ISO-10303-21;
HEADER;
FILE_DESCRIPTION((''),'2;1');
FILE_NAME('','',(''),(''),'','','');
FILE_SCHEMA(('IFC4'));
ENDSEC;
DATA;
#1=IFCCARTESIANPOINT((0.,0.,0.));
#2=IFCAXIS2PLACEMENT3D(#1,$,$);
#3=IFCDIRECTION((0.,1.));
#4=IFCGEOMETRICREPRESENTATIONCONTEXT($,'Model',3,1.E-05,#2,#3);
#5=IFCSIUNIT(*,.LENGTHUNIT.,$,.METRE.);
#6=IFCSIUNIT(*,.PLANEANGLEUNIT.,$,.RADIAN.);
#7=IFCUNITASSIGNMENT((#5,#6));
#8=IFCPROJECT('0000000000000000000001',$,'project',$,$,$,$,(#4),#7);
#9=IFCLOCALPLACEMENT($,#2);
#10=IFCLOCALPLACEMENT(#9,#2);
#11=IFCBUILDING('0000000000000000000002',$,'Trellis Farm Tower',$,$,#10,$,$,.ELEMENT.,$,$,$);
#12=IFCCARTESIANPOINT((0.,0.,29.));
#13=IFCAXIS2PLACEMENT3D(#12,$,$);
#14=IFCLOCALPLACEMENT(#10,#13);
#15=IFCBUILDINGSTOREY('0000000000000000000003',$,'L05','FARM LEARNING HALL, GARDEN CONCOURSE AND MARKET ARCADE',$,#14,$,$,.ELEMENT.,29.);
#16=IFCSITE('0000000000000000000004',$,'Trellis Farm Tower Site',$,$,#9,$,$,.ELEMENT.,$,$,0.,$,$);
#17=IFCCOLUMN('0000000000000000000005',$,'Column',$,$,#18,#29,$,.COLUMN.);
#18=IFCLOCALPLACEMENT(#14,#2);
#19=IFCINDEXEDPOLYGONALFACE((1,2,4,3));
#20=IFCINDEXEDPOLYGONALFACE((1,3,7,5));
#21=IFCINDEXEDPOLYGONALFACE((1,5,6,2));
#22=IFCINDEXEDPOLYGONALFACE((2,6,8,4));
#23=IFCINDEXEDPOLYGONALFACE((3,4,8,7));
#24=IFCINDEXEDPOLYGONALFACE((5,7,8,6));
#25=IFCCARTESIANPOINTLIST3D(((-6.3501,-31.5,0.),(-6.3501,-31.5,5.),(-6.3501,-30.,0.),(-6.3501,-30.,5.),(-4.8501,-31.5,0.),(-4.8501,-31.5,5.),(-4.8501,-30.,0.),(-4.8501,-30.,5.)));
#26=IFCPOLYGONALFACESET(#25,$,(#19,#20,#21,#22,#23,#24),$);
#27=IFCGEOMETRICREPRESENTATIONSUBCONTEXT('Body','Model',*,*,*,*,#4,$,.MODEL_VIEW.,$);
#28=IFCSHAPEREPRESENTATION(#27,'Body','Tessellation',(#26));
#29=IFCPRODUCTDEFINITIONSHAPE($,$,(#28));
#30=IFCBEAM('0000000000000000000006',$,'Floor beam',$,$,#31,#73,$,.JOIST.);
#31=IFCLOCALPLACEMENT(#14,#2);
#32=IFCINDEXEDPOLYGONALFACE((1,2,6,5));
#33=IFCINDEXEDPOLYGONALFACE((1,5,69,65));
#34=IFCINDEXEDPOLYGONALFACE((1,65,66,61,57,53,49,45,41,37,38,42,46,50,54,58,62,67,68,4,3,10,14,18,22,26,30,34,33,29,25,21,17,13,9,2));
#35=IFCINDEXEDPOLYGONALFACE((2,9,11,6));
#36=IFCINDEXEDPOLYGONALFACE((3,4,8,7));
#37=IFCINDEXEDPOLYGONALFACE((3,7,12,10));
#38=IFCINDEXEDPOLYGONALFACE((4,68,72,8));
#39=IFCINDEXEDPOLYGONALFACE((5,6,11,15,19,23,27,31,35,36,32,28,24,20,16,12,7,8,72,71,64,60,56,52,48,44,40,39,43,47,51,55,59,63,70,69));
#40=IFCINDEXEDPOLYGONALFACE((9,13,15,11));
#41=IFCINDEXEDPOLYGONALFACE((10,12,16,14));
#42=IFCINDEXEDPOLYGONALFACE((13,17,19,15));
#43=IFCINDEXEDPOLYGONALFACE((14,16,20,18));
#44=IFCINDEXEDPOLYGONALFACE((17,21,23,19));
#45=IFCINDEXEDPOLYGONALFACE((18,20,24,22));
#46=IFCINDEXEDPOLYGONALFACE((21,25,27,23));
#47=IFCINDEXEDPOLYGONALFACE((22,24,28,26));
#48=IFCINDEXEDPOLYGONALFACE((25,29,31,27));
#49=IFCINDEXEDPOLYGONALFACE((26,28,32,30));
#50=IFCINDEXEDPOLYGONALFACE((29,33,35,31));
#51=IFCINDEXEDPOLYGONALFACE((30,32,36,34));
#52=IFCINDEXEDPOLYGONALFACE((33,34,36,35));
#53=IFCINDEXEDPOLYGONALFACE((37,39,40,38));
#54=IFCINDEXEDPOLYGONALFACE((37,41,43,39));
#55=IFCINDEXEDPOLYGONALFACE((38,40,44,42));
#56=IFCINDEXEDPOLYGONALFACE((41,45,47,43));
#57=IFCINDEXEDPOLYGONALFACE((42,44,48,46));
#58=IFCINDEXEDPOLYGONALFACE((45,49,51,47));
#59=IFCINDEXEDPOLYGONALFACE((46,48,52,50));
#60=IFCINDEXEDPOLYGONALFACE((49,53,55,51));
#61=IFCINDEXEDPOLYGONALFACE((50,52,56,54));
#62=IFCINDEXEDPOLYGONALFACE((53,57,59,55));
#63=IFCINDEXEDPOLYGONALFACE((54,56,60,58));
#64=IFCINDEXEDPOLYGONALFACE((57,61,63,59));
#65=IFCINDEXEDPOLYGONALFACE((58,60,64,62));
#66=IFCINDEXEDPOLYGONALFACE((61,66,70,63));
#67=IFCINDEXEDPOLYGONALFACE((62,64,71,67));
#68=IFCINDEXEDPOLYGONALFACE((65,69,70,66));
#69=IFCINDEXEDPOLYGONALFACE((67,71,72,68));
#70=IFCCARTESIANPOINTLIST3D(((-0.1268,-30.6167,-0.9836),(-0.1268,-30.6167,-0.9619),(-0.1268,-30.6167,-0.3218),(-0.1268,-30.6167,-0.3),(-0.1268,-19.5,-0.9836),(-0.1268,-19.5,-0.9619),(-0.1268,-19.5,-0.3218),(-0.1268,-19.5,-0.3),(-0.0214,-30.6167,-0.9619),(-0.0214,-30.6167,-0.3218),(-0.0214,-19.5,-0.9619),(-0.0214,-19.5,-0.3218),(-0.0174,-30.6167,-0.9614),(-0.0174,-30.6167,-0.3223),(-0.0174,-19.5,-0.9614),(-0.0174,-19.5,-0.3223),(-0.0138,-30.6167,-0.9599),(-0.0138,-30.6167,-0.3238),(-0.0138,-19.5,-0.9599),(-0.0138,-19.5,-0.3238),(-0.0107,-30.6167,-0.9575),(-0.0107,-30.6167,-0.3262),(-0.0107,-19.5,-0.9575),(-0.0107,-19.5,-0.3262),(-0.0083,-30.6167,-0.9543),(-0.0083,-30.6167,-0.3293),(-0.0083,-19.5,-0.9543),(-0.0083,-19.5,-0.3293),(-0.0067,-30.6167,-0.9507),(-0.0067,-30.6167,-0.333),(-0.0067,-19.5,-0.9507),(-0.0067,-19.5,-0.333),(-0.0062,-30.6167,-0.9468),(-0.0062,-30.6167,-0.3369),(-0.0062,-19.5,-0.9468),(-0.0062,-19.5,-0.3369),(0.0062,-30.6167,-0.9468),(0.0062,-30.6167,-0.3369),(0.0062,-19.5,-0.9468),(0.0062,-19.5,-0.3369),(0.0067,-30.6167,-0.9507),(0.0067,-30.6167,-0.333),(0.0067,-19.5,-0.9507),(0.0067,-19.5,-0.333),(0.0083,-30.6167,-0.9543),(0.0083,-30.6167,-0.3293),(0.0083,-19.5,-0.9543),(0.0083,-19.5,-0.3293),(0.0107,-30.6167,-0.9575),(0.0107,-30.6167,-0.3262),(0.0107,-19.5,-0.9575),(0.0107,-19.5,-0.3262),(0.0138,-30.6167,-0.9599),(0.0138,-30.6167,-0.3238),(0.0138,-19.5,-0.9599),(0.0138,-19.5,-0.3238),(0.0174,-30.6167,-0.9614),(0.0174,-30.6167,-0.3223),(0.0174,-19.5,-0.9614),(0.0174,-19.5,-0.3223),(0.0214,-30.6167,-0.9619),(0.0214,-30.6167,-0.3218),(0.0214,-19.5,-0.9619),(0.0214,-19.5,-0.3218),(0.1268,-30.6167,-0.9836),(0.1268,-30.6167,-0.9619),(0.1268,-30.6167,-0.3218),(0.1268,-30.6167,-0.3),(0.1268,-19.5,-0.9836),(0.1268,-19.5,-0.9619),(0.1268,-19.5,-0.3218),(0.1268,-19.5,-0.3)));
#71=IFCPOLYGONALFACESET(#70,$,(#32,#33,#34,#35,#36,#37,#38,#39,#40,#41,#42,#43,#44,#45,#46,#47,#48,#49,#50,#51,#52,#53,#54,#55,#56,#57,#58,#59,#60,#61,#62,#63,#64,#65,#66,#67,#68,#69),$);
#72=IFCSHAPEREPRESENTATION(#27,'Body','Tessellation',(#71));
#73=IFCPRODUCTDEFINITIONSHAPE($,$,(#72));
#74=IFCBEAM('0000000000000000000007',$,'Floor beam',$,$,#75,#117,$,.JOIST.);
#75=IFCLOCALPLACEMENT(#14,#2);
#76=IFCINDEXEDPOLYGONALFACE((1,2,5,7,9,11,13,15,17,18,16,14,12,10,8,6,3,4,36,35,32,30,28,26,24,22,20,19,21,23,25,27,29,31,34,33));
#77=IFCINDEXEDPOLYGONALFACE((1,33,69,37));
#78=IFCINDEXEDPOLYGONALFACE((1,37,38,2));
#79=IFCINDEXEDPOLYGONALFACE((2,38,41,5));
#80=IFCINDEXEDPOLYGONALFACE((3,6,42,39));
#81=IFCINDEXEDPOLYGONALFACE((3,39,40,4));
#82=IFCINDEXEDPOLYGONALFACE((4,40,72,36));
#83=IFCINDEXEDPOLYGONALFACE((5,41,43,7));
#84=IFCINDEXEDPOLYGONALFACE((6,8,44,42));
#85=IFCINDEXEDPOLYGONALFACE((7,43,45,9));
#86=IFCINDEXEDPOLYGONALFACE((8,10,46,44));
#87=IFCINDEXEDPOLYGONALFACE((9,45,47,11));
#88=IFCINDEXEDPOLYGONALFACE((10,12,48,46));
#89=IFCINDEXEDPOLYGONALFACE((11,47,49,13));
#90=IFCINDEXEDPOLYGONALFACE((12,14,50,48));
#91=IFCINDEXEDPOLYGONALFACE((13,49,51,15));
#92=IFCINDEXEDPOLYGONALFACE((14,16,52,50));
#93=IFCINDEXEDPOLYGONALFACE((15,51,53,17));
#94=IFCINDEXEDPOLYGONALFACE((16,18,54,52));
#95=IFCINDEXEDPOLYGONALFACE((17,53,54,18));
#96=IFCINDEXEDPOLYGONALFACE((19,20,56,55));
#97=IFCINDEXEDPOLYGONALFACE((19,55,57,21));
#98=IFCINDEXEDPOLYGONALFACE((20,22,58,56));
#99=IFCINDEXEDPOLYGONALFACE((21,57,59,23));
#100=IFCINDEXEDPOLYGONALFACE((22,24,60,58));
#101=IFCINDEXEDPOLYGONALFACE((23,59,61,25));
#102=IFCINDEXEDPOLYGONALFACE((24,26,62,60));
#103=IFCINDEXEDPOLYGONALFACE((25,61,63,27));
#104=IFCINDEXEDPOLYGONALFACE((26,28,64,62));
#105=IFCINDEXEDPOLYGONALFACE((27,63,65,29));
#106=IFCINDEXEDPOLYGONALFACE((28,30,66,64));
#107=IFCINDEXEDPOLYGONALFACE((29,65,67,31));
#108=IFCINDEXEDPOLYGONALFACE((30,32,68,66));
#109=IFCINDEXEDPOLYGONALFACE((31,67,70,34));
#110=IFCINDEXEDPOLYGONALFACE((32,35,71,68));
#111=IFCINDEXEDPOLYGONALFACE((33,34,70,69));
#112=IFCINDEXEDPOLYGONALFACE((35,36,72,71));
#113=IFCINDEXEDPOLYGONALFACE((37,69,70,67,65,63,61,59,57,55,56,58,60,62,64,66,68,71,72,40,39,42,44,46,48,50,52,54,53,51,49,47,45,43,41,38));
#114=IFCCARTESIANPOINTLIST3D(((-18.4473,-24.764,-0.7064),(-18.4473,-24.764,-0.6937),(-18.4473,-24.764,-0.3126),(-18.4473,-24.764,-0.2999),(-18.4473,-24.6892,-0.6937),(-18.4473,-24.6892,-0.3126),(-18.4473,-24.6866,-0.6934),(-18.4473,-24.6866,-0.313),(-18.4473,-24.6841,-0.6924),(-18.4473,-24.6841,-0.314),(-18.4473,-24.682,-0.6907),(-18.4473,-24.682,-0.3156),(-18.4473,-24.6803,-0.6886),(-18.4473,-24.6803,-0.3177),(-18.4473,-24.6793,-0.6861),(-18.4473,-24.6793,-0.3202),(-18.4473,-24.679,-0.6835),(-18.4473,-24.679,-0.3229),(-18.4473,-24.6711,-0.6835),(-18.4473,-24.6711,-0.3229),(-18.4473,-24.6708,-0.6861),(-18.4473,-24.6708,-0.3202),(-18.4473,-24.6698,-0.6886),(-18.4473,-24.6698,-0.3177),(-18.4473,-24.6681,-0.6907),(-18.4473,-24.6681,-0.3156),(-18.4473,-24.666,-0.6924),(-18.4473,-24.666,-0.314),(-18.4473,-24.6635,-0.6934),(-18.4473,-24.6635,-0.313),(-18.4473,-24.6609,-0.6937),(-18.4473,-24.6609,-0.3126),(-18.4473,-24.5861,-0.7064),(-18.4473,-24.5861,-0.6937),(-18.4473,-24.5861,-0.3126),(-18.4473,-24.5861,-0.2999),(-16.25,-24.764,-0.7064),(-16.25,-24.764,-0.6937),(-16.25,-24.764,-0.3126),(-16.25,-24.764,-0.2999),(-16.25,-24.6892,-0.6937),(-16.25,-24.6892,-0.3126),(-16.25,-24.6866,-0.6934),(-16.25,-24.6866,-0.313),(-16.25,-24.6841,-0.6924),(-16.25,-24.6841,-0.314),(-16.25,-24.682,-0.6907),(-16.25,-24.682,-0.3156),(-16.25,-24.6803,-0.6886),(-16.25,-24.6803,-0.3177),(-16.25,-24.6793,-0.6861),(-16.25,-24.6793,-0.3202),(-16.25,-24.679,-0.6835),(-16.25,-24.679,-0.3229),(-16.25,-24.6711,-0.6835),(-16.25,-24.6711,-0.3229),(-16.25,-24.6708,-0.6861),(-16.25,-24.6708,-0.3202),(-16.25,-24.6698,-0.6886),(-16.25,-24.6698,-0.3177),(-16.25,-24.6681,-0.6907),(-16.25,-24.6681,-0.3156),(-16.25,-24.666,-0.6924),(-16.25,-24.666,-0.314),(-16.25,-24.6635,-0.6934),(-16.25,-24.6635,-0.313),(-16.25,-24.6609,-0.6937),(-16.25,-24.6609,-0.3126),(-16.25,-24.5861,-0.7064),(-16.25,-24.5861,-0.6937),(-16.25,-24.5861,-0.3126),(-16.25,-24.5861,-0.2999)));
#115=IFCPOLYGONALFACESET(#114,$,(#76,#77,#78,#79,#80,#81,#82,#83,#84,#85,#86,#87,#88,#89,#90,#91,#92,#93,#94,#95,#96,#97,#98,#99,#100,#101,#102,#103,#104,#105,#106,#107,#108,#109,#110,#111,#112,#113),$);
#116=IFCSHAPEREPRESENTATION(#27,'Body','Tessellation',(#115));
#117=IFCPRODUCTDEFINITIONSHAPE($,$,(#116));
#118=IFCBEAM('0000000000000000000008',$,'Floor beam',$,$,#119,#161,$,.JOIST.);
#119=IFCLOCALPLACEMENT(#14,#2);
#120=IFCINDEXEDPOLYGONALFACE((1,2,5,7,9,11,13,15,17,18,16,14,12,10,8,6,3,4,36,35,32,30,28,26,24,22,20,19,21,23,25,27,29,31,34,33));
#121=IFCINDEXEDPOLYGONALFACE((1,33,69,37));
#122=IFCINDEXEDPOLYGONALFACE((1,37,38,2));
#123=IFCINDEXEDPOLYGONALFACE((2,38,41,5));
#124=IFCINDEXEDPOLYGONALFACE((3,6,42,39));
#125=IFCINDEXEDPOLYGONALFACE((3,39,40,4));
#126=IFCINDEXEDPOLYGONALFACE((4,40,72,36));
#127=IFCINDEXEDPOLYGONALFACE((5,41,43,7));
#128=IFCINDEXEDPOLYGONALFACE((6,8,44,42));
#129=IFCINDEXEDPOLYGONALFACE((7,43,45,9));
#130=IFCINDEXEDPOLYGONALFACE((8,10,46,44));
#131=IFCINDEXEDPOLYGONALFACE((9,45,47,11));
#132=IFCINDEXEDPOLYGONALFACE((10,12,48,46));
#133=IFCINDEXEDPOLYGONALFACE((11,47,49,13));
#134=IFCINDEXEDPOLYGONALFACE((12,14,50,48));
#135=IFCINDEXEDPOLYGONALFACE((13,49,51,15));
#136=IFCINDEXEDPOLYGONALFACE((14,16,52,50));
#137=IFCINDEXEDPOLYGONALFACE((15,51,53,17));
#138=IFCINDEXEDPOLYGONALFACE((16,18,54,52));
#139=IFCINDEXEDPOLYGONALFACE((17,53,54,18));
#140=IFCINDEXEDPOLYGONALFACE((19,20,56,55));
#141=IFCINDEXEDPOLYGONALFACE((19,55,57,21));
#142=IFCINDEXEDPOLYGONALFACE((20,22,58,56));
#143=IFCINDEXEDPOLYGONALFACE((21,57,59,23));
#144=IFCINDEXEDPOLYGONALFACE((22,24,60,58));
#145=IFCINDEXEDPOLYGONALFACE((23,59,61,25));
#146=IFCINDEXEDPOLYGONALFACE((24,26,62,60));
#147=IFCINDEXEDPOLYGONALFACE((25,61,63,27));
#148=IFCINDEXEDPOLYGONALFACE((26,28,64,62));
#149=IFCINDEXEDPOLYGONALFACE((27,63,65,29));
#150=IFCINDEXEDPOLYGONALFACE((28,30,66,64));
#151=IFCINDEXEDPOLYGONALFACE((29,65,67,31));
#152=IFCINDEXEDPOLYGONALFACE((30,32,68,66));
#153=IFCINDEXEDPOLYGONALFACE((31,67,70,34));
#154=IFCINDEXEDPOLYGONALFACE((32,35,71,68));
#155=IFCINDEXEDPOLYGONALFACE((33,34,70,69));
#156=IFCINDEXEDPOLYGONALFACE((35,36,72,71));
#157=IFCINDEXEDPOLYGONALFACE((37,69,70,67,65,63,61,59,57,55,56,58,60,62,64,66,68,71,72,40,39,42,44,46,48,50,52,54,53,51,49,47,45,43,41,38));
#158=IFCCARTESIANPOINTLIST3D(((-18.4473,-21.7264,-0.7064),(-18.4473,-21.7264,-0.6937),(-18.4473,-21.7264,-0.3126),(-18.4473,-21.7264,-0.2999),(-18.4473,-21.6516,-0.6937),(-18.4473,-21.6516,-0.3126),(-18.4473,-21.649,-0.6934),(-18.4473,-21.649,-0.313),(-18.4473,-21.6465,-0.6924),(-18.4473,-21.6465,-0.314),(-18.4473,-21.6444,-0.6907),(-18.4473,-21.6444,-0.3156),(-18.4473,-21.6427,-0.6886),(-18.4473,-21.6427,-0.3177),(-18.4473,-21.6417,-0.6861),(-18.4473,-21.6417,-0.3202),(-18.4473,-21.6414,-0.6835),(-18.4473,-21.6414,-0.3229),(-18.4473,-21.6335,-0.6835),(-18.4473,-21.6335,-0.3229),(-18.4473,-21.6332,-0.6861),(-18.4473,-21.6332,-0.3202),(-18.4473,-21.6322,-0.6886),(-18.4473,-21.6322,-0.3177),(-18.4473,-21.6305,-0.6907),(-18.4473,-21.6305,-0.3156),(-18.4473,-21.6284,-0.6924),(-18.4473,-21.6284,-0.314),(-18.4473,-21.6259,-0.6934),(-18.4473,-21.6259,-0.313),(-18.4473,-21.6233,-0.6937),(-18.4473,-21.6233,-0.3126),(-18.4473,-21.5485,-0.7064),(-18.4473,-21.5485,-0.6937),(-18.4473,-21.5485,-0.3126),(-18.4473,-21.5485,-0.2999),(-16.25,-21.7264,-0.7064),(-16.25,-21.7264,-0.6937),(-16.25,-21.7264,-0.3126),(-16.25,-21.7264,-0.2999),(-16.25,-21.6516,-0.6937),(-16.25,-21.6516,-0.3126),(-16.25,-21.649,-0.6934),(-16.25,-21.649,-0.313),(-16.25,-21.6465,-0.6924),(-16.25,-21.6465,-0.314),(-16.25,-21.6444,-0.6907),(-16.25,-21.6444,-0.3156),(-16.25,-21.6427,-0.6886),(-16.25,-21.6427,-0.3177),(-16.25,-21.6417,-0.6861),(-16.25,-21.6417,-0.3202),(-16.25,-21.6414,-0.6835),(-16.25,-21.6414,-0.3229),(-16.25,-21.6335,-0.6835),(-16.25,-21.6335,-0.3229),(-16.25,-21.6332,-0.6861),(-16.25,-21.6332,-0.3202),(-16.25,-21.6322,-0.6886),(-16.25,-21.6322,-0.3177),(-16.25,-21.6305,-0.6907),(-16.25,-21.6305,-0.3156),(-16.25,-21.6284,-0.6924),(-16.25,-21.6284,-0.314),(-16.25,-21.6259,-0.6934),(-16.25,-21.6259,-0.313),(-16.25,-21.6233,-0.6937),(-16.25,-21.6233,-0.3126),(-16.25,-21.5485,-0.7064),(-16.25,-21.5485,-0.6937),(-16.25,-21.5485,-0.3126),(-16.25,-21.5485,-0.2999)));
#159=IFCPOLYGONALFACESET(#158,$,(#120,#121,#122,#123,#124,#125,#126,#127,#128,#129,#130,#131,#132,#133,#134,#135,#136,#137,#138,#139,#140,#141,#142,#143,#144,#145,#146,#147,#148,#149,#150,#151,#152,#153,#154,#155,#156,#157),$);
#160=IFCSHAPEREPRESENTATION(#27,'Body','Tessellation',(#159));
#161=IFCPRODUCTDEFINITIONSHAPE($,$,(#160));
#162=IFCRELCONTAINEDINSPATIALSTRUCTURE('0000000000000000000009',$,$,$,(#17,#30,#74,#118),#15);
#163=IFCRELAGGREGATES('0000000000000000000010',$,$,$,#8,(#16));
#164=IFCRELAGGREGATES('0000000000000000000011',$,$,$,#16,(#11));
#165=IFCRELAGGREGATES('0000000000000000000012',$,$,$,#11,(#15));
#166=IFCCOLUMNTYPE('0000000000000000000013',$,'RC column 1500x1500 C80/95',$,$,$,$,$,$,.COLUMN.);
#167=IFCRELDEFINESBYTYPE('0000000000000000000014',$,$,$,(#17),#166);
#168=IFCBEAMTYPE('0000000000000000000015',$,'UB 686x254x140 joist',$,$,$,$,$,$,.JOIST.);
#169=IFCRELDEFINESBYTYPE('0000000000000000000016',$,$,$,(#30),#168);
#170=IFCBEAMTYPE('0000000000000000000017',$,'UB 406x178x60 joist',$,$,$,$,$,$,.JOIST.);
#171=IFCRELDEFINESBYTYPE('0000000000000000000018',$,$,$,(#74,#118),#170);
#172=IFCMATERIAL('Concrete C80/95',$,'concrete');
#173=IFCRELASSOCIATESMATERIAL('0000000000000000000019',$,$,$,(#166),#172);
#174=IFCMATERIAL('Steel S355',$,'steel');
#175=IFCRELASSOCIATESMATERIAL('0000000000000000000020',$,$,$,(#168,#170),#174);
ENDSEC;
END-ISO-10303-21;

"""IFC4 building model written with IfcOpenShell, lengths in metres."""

from ifc_helpers import new_model, si_unit, direction, frame, origin, origin_2d, place, context, subcontext, project, spatial, rectangle, i_section, extrude, source, transform, mapped, material, material_profile, profile_set, type_object, element, save


model = new_model("IFC4")

# Units and contexts
model_context = context("Model", 3, precision=1e-05, world=origin(), true_north=direction((0.0, 1.0)))
body_context = subcontext(model_context, "Body", "Model", "MODEL_VIEW")
ifc_project = project(units=[si_unit("LENGTHUNIT", "METRE"), si_unit("PLANEANGLEUNIT", "RADIAN")], contexts=[model_context])

# Site, building, storey
site_placement = place(None, origin())
site = spatial("IfcSite", under=ifc_project, at=site_placement, Name="Trellis Farm Tower Site", CompositionType="ELEMENT", RefElevation=0.0)
building_placement = place(site_placement, origin())
building = spatial("IfcBuilding", under=site, at=building_placement, Name="Trellis Farm Tower", CompositionType="ELEMENT")
storey_placement = place(building_placement, frame((0.0, 0.0, 29.0)))
storey = spatial("IfcBuildingStorey", under=building, at=storey_placement, Name="L05", Description="FARM LEARNING HALL, GARDEN CONCOURSE AND MARKET ARCADE", CompositionType="ELEMENT", Elevation=29.0)

# Column
ifc_material_1 = material(Name="Concrete C80/95", Category="concrete")
ifc_material_profile_1 = material_profile(ifc_material_1, rectangle(XDim=1.5, YDim=1.5, at=origin_2d()), Name="RC column 1500x1500 C80/95")
ifc_profile_set_1 = profile_set([ifc_material_profile_1], Name="Concrete C80/95")
column_type = type_object("IfcColumnType", Name="RC column 1500x1500 C80/95", PredefinedType="COLUMN", material=ifc_profile_set_1)
shared_shape_1 = source(origin(), body_context, "Body", "SweptSolid", [
    extrude(rectangle(XDim=1.5, YDim=1.5, at=origin_2d()), origin(), (0.0, 0.0, 1.0), 5.0),
])
column_placement = place(storey_placement, frame((-5.6001, -30.75, 0.0), z_axis=(0.0, 0.0, 1.0), x_axis=(1.0, 0.0, 0.0)))
element("IfcColumn", 1, at=column_placement, inside=storey, type_object=column_type, Name="Column", PredefinedType="COLUMN", context=body_context, shape_type="MappedRepresentation", body=[
    mapped(shared_shape_1, transform((0.0, 0.0, 0.0))),
])

# Beams
ifc_material_2 = material(Name="Steel S355", Category="steel")
ifc_material_profile_2 = material_profile(ifc_material_2, i_section(OverallWidth=0.2537, OverallDepth=0.6836, WebThickness=0.0125, FlangeThickness=0.0217, FilletRadius=0.0151, at=origin_2d()), Name="UB 686x254x140")
ifc_profile_set_2 = profile_set([ifc_material_profile_2], Name="Steel S355")
beam_type_1 = type_object("IfcBeamType", Name="UB 686x254x140 joist", PredefinedType="JOIST", material=ifc_profile_set_2)
shared_shape_2 = source(origin(), body_context, "Body", "SweptSolid", [
    extrude(i_section(OverallWidth=0.2537, OverallDepth=0.6836, WebThickness=0.0125, FlangeThickness=0.0217, FilletRadius=0.0151, at=origin_2d()), origin(), (0.0, 0.0, 1.0), 11.1167),
])
beam_1_placement = place(storey_placement, frame((0.0, -30.6167, -0.6418), z_axis=(0.0, 1.0, 0.0), x_axis=(-1.0, 0.0, 0.0)))
element("IfcBeam", 2, at=beam_1_placement, inside=storey, type_object=beam_type_1, Name="Floor beam", PredefinedType="JOIST", context=body_context, shape_type="MappedRepresentation", body=[
    mapped(shared_shape_2, transform((0.0, 0.0, 0.0))),
])
ifc_material_profile_3 = material_profile(ifc_material_2, i_section(OverallWidth=0.178, OverallDepth=0.4065, WebThickness=0.0078, FlangeThickness=0.0127, FilletRadius=0.0103, at=origin_2d()), Name="UB 406x178x60")
ifc_profile_set_3 = profile_set([ifc_material_profile_3], Name="Steel S355")
beam_type_2 = type_object("IfcBeamType", Name="UB 406x178x60 joist", PredefinedType="JOIST", material=ifc_profile_set_3)
shared_shape_3 = source(origin(), body_context, "Body", "SweptSolid", [
    extrude(i_section(OverallWidth=0.178, OverallDepth=0.4065, WebThickness=0.0078, FlangeThickness=0.0127, FilletRadius=0.0103, at=origin_2d()), origin(), (0.0, 0.0, 1.0), 2.1973),
])
for number, where, z_axis, x_axis, name in (
    (3, (-18.4473, -24.675, -0.5032), (1.0, 0.0, 0.0), (0.0, 1.0, 0.0), "Floor beam"),
    (4, (-18.4473, -21.6375, -0.5032), (1.0, 0.0, 0.0), (0.0, 1.0, 0.0), "Floor beam"),
):
    element("IfcBeam", number, at=place(storey_placement, frame(where, z_axis=z_axis, x_axis=x_axis)), inside=storey, type_object=beam_type_2, Name=name, PredefinedType="JOIST", context=body_context, shape_type="MappedRepresentation", body=[
        mapped(shared_shape_3, transform((0.0, 0.0, 0.0))),
    ])

save(model, "model.ifc")
